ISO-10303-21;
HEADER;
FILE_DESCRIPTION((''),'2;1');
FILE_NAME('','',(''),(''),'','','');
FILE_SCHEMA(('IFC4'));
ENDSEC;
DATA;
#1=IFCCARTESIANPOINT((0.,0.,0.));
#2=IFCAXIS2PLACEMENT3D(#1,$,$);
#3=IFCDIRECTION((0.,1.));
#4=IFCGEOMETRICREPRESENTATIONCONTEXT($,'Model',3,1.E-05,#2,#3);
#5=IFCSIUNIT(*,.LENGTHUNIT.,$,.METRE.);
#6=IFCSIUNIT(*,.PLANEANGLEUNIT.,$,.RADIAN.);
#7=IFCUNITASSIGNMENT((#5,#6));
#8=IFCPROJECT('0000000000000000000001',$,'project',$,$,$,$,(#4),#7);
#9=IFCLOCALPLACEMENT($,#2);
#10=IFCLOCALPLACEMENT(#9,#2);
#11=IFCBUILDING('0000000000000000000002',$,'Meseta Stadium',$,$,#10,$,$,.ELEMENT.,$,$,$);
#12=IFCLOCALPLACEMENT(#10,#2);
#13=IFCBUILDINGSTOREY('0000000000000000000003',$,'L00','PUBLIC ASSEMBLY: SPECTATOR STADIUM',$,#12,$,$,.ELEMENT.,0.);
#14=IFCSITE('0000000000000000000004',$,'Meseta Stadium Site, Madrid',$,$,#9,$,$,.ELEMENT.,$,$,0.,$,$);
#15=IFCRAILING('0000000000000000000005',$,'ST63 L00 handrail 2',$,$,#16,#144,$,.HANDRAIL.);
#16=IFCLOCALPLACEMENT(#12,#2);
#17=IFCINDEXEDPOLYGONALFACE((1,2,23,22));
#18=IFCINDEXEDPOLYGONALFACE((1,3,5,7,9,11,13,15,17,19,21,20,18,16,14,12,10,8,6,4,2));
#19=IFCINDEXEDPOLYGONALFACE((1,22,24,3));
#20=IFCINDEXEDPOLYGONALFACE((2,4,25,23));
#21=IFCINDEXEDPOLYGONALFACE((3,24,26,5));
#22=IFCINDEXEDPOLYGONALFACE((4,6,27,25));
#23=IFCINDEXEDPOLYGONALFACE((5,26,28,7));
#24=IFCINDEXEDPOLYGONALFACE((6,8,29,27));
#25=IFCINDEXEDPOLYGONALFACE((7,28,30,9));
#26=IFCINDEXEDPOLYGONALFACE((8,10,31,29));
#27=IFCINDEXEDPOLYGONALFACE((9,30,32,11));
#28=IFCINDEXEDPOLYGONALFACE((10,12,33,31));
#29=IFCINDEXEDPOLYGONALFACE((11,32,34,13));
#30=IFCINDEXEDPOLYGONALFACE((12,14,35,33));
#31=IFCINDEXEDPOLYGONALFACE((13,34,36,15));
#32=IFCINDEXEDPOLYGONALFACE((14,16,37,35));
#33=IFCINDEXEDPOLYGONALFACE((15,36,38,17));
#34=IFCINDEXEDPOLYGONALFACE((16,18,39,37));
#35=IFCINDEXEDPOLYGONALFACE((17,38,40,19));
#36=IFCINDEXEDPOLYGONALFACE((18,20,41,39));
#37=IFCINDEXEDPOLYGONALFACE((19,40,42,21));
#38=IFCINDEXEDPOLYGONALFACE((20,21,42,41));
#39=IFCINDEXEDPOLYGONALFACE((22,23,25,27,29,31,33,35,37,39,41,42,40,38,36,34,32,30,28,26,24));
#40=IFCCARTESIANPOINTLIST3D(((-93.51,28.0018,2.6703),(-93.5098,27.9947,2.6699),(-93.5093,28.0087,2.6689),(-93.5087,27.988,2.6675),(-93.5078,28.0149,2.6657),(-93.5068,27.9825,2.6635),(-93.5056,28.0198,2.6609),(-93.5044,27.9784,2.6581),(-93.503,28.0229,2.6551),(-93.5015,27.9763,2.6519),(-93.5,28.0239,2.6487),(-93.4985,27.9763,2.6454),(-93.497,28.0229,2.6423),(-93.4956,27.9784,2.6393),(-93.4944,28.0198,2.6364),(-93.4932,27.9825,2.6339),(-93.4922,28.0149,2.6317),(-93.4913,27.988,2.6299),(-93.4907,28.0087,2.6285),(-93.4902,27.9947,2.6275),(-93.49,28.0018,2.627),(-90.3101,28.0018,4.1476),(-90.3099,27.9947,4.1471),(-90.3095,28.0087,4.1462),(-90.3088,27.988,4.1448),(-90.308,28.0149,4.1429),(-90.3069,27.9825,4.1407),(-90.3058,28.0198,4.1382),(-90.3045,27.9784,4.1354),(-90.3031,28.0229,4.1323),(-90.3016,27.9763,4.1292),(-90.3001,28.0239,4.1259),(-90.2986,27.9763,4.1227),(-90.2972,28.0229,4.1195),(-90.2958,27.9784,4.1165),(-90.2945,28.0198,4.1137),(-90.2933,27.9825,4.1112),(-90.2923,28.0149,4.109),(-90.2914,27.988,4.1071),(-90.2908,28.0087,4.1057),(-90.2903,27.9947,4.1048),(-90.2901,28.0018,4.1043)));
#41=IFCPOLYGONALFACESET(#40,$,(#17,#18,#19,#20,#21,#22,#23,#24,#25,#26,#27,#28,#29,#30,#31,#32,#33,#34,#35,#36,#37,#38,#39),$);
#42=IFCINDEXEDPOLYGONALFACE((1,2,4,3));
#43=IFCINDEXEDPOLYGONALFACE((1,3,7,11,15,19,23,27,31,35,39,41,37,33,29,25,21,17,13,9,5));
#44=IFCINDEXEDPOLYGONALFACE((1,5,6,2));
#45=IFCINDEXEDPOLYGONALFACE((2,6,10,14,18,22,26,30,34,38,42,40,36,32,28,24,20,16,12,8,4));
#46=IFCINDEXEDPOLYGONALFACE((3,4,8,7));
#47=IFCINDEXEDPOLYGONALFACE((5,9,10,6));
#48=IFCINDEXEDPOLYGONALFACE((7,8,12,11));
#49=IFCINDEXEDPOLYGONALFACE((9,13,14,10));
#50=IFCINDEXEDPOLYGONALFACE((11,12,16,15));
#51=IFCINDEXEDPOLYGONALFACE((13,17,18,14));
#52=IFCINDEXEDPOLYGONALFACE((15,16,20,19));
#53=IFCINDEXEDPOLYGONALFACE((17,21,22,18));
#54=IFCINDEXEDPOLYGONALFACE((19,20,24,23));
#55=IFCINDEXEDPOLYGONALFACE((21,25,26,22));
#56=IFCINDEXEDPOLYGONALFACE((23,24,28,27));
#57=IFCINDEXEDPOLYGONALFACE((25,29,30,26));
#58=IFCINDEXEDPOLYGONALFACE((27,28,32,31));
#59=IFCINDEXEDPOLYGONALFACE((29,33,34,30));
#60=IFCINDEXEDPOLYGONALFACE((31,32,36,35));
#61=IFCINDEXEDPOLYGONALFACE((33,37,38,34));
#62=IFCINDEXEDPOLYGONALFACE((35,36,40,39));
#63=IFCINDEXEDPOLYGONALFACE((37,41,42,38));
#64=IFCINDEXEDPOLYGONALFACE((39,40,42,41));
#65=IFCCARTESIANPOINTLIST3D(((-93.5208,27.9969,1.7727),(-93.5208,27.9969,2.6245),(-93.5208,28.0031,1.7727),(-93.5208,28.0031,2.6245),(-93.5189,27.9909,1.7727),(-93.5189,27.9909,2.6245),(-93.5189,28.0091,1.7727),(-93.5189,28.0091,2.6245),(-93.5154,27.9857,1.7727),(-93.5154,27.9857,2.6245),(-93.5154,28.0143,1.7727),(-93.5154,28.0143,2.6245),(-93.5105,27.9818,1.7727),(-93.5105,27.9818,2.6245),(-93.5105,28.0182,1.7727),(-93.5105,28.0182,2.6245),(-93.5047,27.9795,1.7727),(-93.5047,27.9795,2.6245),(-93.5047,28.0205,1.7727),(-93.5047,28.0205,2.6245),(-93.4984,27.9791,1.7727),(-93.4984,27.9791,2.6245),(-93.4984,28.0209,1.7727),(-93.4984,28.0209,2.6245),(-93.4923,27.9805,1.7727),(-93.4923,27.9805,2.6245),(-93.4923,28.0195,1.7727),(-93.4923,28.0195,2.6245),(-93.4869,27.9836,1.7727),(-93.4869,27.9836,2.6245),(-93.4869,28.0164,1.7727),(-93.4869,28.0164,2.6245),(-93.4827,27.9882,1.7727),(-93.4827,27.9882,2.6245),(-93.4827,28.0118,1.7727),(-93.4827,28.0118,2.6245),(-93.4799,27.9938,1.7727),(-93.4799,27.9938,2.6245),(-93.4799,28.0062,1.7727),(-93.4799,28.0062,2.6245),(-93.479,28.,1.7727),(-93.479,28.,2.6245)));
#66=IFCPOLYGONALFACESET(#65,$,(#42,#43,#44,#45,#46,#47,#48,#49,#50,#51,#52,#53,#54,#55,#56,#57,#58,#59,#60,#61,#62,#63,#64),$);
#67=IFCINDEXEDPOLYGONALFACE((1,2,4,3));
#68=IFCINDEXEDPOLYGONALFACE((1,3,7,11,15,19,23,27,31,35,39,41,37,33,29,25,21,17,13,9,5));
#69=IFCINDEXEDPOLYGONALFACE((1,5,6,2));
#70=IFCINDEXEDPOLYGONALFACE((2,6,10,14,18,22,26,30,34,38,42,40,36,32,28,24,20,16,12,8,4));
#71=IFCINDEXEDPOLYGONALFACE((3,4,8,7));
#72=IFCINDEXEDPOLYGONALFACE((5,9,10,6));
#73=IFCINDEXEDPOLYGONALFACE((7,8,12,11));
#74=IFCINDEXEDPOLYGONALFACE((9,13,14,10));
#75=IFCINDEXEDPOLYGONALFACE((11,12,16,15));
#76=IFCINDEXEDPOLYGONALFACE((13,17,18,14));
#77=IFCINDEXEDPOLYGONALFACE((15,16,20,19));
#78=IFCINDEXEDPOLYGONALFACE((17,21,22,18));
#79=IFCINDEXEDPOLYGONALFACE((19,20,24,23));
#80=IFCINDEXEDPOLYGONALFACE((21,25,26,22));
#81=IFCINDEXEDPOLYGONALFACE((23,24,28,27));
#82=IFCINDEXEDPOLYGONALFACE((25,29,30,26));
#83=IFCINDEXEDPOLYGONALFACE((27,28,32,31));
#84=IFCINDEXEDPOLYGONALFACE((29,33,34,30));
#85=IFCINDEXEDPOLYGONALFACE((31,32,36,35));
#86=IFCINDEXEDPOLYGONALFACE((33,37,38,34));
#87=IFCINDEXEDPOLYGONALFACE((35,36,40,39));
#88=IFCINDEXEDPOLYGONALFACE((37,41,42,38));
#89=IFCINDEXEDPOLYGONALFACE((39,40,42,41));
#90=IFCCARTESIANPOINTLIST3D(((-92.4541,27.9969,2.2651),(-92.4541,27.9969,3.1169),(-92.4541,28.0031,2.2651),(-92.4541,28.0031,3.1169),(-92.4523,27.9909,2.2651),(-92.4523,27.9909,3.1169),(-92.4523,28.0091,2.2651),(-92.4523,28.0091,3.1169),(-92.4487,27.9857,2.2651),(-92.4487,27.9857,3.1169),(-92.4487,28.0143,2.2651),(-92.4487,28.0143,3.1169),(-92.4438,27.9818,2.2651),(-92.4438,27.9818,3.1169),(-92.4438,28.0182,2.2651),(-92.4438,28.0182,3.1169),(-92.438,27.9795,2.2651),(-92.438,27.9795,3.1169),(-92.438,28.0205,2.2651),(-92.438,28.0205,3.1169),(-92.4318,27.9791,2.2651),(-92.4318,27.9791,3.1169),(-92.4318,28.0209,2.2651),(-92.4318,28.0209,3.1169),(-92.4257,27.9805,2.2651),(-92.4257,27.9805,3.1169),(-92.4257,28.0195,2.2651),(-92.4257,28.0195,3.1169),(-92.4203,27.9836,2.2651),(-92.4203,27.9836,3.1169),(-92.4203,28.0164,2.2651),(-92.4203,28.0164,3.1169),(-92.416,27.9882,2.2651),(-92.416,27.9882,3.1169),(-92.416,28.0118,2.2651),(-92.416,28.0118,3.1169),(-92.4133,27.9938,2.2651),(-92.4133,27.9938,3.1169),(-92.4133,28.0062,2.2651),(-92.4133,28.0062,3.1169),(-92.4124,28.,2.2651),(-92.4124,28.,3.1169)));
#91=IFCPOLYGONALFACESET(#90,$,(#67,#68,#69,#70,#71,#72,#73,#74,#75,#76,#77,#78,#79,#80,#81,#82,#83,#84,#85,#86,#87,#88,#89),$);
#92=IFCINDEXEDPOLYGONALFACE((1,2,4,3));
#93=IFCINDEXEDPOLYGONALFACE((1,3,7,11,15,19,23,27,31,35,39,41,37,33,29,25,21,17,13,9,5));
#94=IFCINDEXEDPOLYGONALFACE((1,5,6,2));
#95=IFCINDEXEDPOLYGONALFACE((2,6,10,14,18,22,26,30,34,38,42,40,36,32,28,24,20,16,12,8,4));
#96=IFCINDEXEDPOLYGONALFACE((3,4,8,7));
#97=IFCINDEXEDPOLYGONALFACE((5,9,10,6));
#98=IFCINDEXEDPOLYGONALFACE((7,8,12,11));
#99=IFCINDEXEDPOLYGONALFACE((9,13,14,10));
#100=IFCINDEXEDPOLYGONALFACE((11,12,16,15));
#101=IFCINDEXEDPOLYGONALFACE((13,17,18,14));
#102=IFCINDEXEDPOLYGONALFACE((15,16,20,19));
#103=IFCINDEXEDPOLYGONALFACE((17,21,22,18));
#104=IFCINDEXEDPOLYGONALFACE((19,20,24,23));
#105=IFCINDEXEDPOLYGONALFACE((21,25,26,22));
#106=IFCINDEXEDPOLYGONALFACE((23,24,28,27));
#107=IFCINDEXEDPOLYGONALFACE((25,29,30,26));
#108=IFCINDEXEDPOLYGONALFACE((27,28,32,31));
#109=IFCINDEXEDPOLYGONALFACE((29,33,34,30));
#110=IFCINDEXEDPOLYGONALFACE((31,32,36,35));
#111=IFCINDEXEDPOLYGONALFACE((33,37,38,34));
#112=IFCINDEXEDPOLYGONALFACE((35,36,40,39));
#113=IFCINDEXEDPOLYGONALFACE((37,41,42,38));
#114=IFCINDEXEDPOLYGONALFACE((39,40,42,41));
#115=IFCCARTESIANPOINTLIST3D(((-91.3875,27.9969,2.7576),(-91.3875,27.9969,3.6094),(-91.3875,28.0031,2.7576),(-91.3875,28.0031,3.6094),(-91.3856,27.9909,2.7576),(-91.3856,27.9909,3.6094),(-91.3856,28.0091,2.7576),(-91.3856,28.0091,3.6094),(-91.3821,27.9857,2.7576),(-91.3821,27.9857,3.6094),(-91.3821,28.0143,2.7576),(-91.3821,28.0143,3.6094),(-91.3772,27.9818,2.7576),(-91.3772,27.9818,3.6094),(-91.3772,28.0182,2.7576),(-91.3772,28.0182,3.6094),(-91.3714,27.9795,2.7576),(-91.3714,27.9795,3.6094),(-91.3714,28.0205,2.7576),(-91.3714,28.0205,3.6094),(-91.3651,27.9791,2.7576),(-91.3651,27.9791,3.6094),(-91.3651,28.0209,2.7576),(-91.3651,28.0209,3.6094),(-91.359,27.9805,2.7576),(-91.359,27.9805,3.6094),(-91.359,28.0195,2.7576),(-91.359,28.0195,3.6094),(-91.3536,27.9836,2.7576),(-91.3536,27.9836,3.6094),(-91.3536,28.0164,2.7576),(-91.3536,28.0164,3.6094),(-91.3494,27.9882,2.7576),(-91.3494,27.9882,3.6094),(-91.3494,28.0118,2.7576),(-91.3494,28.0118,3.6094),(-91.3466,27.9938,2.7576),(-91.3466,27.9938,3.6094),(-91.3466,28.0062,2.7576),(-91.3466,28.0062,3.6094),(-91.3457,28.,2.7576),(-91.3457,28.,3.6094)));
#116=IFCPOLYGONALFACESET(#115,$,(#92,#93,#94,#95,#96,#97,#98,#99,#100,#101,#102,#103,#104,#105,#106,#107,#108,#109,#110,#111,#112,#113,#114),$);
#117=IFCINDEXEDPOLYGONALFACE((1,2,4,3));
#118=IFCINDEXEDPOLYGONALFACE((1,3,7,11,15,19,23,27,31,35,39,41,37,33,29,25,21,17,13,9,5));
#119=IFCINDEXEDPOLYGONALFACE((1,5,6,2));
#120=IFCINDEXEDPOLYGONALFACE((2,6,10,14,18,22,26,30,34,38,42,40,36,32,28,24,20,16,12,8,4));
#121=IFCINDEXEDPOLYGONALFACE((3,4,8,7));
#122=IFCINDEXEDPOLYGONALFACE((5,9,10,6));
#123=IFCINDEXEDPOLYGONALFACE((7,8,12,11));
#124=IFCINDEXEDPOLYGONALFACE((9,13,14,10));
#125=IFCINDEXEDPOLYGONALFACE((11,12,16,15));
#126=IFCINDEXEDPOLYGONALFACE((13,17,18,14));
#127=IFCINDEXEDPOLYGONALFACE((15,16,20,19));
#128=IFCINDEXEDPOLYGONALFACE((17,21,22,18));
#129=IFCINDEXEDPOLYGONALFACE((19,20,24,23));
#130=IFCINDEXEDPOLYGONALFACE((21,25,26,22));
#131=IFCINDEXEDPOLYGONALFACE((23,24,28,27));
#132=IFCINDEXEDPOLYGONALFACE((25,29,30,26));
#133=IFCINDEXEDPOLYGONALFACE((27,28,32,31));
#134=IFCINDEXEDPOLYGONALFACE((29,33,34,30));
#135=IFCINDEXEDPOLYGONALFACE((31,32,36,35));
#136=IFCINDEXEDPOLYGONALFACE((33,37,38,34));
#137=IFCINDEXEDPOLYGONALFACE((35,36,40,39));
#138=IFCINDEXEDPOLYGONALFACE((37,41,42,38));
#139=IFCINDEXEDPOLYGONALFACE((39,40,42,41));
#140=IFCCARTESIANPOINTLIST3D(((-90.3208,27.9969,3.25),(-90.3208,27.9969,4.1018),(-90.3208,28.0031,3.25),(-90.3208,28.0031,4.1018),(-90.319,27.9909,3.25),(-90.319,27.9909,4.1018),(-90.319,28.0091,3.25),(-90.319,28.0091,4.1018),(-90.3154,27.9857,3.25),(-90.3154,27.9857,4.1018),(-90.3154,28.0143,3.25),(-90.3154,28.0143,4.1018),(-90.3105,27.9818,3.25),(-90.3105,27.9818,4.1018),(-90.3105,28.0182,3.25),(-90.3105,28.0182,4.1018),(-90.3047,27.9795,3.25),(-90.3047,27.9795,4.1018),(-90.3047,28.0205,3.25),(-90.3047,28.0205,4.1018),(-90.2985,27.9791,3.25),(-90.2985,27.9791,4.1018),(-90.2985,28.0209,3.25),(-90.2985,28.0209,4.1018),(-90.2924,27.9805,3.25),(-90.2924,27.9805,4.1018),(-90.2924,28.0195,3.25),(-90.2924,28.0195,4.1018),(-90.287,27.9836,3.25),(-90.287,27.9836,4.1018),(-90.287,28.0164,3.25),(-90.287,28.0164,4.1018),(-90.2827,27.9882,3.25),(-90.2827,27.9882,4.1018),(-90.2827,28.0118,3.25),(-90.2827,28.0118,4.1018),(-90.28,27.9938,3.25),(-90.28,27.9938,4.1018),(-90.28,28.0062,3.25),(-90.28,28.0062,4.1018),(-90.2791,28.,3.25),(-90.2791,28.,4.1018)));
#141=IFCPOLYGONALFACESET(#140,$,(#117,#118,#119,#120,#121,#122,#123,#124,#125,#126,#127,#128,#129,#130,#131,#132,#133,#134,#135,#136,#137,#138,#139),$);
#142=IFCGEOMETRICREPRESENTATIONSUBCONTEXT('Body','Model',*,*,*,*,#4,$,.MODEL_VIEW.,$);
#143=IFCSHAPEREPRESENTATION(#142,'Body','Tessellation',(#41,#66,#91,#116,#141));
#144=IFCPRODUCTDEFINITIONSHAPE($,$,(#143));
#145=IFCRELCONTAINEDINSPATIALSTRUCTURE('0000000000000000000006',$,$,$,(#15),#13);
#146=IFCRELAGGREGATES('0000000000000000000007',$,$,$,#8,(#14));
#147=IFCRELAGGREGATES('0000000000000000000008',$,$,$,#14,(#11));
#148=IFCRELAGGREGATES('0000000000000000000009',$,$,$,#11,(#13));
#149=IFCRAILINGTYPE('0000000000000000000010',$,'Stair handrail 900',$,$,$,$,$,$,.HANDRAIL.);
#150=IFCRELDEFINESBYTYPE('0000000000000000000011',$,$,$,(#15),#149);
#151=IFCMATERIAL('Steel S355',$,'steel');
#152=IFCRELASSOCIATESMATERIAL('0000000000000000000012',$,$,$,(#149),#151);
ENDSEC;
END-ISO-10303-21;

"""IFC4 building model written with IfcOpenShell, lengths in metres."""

from ifc_helpers import new_model, si_unit, direction, frame, origin, origin_2d, place, context, subcontext, project, spatial, circle, extrude, material, type_object, element, save


model = new_model("IFC4")

# Units and contexts
model_context = context("Model", 3, precision=1e-05, world=origin(), true_north=direction((0.0, 1.0)))
body_context = subcontext(model_context, "Body", "Model", "MODEL_VIEW")
ifc_project = project(units=[si_unit("LENGTHUNIT", "METRE"), si_unit("PLANEANGLEUNIT", "RADIAN")], contexts=[model_context])

# Site, building, storey
site_placement = place(None, origin())
site = spatial("IfcSite", under=ifc_project, at=site_placement, Name="Meseta Stadium Site, Madrid", CompositionType="ELEMENT", RefElevation=0.0)
building_placement = place(site_placement, origin())
building = spatial("IfcBuilding", under=site, at=building_placement, Name="Meseta Stadium", CompositionType="ELEMENT")
storey_placement = place(building_placement, origin())
storey = spatial("IfcBuildingStorey", under=building, at=storey_placement, Name="L00", Description="PUBLIC ASSEMBLY: SPECTATOR STADIUM", CompositionType="ELEMENT", Elevation=0.0)

# Railing
ifc_material_1 = material(Name="Steel S355", Category="steel")
railing_type_1 = type_object("IfcRailingType", Name="Stair handrail 900", PredefinedType="HANDRAIL", material=ifc_material_1)
for number, where, name in (
    (1, (-93.5, 28.0, 1.7727), "ST63 L00 handrail 2"),
):
    element("IfcRailing", number, at=place(storey_placement, frame(where)), inside=storey, type_object=railing_type_1, Name=name, PredefinedType="HANDRAIL", context=body_context, shape_type="SweptSolid", body=[
        extrude(circle(Radius=0.0239, at=origin_2d()), frame((0.0, 0.0, 0.876), z_axis=(0.907917, 0.0, 0.41915), x_axis=(0.0, 1.0, 0.0)), (0.0, 0.0, 1.0), 3.5244),
        extrude(circle(Radius=0.021, at=origin_2d()), origin(), (0.0, 0.0, 1.0), 0.8518),
        extrude(circle(Radius=0.021, at=origin_2d()), frame((1.0667, 0.0, 0.4924)), (0.0, 0.0, 1.0), 0.8518),
        extrude(circle(Radius=0.021, at=origin_2d()), frame((2.1333, 0.0, 0.9849)), (0.0, 0.0, 1.0), 0.8518),
        extrude(circle(Radius=0.021, at=origin_2d()), frame((3.2, 0.0, 1.4773)), (0.0, 0.0, 1.0), 0.8518),
    ])

save(model, "model.ifc")
